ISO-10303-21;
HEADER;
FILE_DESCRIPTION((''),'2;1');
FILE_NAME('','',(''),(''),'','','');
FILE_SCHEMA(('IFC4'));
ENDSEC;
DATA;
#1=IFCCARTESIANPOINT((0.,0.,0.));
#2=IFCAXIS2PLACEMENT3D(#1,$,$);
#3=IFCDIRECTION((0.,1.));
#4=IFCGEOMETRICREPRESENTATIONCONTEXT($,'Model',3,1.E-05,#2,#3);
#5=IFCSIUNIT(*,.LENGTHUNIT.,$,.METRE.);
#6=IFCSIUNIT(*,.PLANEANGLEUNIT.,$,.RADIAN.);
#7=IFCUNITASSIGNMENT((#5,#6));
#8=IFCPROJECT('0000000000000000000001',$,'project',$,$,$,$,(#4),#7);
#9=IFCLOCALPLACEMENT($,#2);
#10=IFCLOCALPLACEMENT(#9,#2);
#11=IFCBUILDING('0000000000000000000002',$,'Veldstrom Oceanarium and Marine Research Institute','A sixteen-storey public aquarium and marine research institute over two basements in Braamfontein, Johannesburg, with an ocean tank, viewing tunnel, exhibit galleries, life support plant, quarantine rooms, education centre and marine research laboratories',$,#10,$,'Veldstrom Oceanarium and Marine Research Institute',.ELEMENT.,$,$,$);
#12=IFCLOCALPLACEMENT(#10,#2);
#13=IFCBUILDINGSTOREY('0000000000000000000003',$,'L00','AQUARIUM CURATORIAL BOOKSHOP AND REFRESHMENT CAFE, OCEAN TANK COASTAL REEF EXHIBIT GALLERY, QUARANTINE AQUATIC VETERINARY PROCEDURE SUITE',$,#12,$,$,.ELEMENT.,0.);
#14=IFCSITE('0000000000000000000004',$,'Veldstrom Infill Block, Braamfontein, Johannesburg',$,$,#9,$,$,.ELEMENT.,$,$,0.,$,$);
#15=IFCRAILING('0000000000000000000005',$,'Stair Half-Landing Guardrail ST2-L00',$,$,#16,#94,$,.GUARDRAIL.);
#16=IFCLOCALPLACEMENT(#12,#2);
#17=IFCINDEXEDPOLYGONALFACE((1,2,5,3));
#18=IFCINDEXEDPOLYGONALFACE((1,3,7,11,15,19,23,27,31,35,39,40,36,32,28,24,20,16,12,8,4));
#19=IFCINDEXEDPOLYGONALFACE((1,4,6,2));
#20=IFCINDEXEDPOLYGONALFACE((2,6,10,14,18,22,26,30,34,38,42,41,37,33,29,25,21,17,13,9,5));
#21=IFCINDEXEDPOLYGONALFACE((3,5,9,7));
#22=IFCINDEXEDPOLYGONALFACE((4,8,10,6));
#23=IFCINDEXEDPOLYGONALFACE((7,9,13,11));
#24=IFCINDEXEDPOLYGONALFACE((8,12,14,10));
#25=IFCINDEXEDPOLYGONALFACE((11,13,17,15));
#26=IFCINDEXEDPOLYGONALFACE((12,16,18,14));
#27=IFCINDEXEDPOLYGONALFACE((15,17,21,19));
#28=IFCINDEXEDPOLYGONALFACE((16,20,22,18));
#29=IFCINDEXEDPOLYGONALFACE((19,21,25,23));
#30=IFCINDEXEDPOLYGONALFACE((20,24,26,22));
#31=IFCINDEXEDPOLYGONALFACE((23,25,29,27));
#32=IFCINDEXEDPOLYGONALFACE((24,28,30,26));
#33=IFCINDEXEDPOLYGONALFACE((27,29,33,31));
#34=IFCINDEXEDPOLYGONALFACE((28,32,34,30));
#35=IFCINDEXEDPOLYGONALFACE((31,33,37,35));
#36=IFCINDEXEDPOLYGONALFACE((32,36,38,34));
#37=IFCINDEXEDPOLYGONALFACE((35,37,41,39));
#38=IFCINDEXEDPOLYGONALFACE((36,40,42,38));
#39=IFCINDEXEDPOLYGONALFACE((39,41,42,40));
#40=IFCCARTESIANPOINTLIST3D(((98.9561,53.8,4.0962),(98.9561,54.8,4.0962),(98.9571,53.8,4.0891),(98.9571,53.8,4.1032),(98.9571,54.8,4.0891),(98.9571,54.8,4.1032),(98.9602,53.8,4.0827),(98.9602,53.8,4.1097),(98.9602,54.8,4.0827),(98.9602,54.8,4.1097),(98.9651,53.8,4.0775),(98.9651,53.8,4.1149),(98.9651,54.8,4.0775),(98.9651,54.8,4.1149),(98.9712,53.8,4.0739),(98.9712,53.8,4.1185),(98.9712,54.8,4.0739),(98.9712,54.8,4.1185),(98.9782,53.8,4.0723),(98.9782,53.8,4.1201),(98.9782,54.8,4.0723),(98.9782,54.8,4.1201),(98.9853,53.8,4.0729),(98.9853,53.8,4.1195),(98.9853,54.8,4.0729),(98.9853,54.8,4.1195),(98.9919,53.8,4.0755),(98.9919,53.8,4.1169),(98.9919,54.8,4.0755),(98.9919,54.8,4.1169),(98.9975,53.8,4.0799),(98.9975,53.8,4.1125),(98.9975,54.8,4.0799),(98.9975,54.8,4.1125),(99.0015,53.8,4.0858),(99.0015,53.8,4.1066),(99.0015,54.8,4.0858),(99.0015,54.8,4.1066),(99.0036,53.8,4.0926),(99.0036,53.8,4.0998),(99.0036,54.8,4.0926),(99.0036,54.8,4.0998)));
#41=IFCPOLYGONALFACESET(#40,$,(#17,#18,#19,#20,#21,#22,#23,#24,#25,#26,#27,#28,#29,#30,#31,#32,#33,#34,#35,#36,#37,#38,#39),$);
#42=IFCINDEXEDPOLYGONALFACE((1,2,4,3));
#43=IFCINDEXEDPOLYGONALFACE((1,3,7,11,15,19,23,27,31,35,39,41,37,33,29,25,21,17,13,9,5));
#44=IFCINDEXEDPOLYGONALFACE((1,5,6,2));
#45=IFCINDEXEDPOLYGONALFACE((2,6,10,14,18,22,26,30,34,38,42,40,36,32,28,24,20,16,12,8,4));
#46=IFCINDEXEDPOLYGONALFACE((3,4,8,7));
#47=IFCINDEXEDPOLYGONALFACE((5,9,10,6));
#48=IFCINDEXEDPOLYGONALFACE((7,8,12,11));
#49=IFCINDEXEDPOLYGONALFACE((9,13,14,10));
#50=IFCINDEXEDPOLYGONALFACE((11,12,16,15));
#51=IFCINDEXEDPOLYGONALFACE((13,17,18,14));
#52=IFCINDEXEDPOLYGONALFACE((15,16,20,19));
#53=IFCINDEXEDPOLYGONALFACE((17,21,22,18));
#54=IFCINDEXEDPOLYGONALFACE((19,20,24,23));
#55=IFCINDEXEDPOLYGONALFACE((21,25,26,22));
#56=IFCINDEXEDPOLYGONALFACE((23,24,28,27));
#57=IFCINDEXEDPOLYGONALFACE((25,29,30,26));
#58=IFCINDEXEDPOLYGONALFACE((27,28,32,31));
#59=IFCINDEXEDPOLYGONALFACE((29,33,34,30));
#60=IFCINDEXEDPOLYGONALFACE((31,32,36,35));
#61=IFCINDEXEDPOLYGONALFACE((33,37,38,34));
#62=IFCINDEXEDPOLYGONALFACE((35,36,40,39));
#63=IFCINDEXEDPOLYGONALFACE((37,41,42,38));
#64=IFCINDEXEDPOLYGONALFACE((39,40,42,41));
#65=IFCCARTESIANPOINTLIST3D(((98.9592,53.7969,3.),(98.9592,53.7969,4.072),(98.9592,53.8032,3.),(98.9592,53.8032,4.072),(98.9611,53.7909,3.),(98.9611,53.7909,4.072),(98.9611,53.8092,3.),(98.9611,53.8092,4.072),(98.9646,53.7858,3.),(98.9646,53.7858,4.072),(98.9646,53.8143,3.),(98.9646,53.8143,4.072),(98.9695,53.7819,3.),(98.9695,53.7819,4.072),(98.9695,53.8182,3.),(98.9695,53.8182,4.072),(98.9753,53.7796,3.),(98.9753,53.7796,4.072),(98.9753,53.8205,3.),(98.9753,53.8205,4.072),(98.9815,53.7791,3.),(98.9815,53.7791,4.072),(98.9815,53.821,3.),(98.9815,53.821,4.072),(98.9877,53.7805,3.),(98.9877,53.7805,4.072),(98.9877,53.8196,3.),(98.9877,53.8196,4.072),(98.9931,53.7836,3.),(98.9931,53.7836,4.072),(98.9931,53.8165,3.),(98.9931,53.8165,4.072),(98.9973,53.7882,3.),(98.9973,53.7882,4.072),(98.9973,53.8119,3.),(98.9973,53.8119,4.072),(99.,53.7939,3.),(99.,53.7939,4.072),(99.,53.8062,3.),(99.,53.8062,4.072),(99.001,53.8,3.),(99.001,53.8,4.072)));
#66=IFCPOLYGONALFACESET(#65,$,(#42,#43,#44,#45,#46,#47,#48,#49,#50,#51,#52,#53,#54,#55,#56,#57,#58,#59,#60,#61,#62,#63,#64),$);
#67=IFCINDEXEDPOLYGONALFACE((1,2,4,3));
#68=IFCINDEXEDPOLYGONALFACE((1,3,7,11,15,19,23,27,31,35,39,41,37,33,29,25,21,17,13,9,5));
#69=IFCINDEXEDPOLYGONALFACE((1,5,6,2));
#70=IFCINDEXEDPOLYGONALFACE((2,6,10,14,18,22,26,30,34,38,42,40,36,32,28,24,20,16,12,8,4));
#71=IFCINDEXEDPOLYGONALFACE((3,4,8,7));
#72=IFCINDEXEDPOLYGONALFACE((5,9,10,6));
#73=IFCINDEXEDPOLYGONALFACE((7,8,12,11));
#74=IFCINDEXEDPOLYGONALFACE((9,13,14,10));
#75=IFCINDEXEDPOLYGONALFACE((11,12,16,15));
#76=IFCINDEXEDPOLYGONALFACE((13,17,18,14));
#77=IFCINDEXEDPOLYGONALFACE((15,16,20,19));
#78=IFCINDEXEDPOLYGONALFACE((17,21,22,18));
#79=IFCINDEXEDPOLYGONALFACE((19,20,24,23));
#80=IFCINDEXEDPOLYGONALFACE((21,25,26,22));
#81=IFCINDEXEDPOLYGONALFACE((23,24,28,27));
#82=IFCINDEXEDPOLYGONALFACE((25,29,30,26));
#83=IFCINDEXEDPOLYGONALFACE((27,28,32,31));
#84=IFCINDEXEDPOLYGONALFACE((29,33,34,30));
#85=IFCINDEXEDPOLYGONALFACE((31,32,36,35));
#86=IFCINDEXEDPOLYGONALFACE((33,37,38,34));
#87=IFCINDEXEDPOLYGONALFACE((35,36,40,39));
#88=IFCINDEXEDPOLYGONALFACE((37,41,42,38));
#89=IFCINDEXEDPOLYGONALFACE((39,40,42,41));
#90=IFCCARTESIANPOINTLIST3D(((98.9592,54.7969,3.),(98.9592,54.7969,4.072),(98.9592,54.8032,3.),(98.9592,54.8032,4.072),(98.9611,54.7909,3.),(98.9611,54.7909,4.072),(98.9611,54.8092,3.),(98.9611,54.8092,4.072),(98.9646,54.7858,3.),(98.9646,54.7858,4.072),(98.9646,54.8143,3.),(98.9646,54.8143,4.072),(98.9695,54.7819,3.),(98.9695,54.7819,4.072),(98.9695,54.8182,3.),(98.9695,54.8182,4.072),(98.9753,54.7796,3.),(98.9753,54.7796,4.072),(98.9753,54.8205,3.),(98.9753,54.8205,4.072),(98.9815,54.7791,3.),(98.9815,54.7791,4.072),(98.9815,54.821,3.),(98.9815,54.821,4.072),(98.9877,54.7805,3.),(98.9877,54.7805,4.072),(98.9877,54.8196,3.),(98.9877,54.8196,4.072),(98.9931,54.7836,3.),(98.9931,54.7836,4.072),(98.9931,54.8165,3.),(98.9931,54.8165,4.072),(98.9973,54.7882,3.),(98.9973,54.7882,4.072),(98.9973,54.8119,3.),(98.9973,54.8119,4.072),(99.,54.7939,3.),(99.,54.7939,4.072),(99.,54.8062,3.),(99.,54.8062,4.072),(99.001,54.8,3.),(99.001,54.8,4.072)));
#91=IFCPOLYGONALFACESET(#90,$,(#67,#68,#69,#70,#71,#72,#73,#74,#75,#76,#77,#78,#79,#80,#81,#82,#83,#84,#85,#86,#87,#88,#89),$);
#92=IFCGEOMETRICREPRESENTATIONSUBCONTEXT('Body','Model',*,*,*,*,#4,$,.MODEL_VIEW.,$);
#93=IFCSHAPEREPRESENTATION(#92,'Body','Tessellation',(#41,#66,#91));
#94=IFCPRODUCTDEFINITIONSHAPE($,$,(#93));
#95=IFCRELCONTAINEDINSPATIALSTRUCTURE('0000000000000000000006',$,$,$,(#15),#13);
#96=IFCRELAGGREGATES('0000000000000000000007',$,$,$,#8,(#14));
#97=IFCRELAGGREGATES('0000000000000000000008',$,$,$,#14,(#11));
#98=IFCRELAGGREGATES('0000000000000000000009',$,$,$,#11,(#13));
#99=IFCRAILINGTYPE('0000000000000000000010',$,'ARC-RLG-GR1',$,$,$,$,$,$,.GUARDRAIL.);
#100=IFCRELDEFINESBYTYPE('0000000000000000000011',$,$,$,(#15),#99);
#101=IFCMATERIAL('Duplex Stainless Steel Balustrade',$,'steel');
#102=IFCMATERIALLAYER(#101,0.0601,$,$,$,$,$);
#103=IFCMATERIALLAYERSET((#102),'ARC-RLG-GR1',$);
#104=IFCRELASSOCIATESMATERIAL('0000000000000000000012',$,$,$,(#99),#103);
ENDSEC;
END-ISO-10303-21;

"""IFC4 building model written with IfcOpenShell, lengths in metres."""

from ifc_helpers import new_model, si_unit, direction, frame, origin, origin_2d, place, context, subcontext, project, spatial, circle, extrude, material, layer, layer_set, type_object, element, save


model = new_model("IFC4")

# Units and contexts
model_context = context("Model", 3, precision=1e-05, world=origin(), true_north=direction((0.0, 1.0)))
body_context = subcontext(model_context, "Body", "Model", "MODEL_VIEW")
ifc_project = project(units=[si_unit("LENGTHUNIT", "METRE"), si_unit("PLANEANGLEUNIT", "RADIAN")], contexts=[model_context])

# Site, building, storey
site_placement = place(None, origin())
site = spatial("IfcSite", under=ifc_project, at=site_placement, Name="Veldstrom Infill Block, Braamfontein, Johannesburg", CompositionType="ELEMENT", RefElevation=0.0)
building_placement = place(site_placement, origin())
building = spatial("IfcBuilding", under=site, at=building_placement, Name="Veldstrom Oceanarium and Marine Research Institute", Description="A sixteen-storey public aquarium and marine research institute over two basements in Braamfontein, Johannesburg, with an ocean tank, viewing tunnel, exhibit galleries, life support plant, quarantine rooms, education centre and marine research laboratories", LongName="Veldstrom Oceanarium and Marine Research Institute", CompositionType="ELEMENT")
storey_placement = place(building_placement, origin())
storey = spatial("IfcBuildingStorey", under=building, at=storey_placement, Name="L00", Description="AQUARIUM CURATORIAL BOOKSHOP AND REFRESHMENT CAFE, OCEAN TANK COASTAL REEF EXHIBIT GALLERY, QUARANTINE AQUATIC VETERINARY PROCEDURE SUITE", CompositionType="ELEMENT", Elevation=0.0)

# Railing
ifc_material_1 = material(Name="Duplex Stainless Steel Balustrade", Category="steel")
ifc_layer_1 = layer(ifc_material_1, 0.0601)
ifc_layer_set_1 = layer_set([ifc_layer_1], Name="ARC-RLG-GR1")
railing_type_1 = type_object("IfcRailingType", Name="ARC-RLG-GR1", PredefinedType="GUARDRAIL", material=ifc_layer_set_1)
railing_1_placement = place(storey_placement, frame((98.98, 53.8, 3.0)))
element("IfcRailing", 1, at=railing_1_placement, inside=storey, type_object=railing_type_1, Name="Stair Half-Landing Guardrail ST2-L00", PredefinedType="GUARDRAIL", context=body_context, shape_type="SweptSolid", body=[
    extrude(circle(Radius=0.0239, at=origin_2d()), frame((0.0, 0.0, 1.0962), z_axis=(0.0, 1.0, 0.0), x_axis=(-1.0, 0.0, 0.0)), (0.0, 0.0, 1.0), 1.0),
    extrude(circle(Radius=0.021, at=origin_2d()), origin(), (0.0, 0.0, 1.0), 1.072),
    extrude(circle(Radius=0.021, at=origin_2d()), frame((0.0, 1.0, 0.0)), (0.0, 0.0, 1.0), 1.072),
])

save(model, "model.ifc")
